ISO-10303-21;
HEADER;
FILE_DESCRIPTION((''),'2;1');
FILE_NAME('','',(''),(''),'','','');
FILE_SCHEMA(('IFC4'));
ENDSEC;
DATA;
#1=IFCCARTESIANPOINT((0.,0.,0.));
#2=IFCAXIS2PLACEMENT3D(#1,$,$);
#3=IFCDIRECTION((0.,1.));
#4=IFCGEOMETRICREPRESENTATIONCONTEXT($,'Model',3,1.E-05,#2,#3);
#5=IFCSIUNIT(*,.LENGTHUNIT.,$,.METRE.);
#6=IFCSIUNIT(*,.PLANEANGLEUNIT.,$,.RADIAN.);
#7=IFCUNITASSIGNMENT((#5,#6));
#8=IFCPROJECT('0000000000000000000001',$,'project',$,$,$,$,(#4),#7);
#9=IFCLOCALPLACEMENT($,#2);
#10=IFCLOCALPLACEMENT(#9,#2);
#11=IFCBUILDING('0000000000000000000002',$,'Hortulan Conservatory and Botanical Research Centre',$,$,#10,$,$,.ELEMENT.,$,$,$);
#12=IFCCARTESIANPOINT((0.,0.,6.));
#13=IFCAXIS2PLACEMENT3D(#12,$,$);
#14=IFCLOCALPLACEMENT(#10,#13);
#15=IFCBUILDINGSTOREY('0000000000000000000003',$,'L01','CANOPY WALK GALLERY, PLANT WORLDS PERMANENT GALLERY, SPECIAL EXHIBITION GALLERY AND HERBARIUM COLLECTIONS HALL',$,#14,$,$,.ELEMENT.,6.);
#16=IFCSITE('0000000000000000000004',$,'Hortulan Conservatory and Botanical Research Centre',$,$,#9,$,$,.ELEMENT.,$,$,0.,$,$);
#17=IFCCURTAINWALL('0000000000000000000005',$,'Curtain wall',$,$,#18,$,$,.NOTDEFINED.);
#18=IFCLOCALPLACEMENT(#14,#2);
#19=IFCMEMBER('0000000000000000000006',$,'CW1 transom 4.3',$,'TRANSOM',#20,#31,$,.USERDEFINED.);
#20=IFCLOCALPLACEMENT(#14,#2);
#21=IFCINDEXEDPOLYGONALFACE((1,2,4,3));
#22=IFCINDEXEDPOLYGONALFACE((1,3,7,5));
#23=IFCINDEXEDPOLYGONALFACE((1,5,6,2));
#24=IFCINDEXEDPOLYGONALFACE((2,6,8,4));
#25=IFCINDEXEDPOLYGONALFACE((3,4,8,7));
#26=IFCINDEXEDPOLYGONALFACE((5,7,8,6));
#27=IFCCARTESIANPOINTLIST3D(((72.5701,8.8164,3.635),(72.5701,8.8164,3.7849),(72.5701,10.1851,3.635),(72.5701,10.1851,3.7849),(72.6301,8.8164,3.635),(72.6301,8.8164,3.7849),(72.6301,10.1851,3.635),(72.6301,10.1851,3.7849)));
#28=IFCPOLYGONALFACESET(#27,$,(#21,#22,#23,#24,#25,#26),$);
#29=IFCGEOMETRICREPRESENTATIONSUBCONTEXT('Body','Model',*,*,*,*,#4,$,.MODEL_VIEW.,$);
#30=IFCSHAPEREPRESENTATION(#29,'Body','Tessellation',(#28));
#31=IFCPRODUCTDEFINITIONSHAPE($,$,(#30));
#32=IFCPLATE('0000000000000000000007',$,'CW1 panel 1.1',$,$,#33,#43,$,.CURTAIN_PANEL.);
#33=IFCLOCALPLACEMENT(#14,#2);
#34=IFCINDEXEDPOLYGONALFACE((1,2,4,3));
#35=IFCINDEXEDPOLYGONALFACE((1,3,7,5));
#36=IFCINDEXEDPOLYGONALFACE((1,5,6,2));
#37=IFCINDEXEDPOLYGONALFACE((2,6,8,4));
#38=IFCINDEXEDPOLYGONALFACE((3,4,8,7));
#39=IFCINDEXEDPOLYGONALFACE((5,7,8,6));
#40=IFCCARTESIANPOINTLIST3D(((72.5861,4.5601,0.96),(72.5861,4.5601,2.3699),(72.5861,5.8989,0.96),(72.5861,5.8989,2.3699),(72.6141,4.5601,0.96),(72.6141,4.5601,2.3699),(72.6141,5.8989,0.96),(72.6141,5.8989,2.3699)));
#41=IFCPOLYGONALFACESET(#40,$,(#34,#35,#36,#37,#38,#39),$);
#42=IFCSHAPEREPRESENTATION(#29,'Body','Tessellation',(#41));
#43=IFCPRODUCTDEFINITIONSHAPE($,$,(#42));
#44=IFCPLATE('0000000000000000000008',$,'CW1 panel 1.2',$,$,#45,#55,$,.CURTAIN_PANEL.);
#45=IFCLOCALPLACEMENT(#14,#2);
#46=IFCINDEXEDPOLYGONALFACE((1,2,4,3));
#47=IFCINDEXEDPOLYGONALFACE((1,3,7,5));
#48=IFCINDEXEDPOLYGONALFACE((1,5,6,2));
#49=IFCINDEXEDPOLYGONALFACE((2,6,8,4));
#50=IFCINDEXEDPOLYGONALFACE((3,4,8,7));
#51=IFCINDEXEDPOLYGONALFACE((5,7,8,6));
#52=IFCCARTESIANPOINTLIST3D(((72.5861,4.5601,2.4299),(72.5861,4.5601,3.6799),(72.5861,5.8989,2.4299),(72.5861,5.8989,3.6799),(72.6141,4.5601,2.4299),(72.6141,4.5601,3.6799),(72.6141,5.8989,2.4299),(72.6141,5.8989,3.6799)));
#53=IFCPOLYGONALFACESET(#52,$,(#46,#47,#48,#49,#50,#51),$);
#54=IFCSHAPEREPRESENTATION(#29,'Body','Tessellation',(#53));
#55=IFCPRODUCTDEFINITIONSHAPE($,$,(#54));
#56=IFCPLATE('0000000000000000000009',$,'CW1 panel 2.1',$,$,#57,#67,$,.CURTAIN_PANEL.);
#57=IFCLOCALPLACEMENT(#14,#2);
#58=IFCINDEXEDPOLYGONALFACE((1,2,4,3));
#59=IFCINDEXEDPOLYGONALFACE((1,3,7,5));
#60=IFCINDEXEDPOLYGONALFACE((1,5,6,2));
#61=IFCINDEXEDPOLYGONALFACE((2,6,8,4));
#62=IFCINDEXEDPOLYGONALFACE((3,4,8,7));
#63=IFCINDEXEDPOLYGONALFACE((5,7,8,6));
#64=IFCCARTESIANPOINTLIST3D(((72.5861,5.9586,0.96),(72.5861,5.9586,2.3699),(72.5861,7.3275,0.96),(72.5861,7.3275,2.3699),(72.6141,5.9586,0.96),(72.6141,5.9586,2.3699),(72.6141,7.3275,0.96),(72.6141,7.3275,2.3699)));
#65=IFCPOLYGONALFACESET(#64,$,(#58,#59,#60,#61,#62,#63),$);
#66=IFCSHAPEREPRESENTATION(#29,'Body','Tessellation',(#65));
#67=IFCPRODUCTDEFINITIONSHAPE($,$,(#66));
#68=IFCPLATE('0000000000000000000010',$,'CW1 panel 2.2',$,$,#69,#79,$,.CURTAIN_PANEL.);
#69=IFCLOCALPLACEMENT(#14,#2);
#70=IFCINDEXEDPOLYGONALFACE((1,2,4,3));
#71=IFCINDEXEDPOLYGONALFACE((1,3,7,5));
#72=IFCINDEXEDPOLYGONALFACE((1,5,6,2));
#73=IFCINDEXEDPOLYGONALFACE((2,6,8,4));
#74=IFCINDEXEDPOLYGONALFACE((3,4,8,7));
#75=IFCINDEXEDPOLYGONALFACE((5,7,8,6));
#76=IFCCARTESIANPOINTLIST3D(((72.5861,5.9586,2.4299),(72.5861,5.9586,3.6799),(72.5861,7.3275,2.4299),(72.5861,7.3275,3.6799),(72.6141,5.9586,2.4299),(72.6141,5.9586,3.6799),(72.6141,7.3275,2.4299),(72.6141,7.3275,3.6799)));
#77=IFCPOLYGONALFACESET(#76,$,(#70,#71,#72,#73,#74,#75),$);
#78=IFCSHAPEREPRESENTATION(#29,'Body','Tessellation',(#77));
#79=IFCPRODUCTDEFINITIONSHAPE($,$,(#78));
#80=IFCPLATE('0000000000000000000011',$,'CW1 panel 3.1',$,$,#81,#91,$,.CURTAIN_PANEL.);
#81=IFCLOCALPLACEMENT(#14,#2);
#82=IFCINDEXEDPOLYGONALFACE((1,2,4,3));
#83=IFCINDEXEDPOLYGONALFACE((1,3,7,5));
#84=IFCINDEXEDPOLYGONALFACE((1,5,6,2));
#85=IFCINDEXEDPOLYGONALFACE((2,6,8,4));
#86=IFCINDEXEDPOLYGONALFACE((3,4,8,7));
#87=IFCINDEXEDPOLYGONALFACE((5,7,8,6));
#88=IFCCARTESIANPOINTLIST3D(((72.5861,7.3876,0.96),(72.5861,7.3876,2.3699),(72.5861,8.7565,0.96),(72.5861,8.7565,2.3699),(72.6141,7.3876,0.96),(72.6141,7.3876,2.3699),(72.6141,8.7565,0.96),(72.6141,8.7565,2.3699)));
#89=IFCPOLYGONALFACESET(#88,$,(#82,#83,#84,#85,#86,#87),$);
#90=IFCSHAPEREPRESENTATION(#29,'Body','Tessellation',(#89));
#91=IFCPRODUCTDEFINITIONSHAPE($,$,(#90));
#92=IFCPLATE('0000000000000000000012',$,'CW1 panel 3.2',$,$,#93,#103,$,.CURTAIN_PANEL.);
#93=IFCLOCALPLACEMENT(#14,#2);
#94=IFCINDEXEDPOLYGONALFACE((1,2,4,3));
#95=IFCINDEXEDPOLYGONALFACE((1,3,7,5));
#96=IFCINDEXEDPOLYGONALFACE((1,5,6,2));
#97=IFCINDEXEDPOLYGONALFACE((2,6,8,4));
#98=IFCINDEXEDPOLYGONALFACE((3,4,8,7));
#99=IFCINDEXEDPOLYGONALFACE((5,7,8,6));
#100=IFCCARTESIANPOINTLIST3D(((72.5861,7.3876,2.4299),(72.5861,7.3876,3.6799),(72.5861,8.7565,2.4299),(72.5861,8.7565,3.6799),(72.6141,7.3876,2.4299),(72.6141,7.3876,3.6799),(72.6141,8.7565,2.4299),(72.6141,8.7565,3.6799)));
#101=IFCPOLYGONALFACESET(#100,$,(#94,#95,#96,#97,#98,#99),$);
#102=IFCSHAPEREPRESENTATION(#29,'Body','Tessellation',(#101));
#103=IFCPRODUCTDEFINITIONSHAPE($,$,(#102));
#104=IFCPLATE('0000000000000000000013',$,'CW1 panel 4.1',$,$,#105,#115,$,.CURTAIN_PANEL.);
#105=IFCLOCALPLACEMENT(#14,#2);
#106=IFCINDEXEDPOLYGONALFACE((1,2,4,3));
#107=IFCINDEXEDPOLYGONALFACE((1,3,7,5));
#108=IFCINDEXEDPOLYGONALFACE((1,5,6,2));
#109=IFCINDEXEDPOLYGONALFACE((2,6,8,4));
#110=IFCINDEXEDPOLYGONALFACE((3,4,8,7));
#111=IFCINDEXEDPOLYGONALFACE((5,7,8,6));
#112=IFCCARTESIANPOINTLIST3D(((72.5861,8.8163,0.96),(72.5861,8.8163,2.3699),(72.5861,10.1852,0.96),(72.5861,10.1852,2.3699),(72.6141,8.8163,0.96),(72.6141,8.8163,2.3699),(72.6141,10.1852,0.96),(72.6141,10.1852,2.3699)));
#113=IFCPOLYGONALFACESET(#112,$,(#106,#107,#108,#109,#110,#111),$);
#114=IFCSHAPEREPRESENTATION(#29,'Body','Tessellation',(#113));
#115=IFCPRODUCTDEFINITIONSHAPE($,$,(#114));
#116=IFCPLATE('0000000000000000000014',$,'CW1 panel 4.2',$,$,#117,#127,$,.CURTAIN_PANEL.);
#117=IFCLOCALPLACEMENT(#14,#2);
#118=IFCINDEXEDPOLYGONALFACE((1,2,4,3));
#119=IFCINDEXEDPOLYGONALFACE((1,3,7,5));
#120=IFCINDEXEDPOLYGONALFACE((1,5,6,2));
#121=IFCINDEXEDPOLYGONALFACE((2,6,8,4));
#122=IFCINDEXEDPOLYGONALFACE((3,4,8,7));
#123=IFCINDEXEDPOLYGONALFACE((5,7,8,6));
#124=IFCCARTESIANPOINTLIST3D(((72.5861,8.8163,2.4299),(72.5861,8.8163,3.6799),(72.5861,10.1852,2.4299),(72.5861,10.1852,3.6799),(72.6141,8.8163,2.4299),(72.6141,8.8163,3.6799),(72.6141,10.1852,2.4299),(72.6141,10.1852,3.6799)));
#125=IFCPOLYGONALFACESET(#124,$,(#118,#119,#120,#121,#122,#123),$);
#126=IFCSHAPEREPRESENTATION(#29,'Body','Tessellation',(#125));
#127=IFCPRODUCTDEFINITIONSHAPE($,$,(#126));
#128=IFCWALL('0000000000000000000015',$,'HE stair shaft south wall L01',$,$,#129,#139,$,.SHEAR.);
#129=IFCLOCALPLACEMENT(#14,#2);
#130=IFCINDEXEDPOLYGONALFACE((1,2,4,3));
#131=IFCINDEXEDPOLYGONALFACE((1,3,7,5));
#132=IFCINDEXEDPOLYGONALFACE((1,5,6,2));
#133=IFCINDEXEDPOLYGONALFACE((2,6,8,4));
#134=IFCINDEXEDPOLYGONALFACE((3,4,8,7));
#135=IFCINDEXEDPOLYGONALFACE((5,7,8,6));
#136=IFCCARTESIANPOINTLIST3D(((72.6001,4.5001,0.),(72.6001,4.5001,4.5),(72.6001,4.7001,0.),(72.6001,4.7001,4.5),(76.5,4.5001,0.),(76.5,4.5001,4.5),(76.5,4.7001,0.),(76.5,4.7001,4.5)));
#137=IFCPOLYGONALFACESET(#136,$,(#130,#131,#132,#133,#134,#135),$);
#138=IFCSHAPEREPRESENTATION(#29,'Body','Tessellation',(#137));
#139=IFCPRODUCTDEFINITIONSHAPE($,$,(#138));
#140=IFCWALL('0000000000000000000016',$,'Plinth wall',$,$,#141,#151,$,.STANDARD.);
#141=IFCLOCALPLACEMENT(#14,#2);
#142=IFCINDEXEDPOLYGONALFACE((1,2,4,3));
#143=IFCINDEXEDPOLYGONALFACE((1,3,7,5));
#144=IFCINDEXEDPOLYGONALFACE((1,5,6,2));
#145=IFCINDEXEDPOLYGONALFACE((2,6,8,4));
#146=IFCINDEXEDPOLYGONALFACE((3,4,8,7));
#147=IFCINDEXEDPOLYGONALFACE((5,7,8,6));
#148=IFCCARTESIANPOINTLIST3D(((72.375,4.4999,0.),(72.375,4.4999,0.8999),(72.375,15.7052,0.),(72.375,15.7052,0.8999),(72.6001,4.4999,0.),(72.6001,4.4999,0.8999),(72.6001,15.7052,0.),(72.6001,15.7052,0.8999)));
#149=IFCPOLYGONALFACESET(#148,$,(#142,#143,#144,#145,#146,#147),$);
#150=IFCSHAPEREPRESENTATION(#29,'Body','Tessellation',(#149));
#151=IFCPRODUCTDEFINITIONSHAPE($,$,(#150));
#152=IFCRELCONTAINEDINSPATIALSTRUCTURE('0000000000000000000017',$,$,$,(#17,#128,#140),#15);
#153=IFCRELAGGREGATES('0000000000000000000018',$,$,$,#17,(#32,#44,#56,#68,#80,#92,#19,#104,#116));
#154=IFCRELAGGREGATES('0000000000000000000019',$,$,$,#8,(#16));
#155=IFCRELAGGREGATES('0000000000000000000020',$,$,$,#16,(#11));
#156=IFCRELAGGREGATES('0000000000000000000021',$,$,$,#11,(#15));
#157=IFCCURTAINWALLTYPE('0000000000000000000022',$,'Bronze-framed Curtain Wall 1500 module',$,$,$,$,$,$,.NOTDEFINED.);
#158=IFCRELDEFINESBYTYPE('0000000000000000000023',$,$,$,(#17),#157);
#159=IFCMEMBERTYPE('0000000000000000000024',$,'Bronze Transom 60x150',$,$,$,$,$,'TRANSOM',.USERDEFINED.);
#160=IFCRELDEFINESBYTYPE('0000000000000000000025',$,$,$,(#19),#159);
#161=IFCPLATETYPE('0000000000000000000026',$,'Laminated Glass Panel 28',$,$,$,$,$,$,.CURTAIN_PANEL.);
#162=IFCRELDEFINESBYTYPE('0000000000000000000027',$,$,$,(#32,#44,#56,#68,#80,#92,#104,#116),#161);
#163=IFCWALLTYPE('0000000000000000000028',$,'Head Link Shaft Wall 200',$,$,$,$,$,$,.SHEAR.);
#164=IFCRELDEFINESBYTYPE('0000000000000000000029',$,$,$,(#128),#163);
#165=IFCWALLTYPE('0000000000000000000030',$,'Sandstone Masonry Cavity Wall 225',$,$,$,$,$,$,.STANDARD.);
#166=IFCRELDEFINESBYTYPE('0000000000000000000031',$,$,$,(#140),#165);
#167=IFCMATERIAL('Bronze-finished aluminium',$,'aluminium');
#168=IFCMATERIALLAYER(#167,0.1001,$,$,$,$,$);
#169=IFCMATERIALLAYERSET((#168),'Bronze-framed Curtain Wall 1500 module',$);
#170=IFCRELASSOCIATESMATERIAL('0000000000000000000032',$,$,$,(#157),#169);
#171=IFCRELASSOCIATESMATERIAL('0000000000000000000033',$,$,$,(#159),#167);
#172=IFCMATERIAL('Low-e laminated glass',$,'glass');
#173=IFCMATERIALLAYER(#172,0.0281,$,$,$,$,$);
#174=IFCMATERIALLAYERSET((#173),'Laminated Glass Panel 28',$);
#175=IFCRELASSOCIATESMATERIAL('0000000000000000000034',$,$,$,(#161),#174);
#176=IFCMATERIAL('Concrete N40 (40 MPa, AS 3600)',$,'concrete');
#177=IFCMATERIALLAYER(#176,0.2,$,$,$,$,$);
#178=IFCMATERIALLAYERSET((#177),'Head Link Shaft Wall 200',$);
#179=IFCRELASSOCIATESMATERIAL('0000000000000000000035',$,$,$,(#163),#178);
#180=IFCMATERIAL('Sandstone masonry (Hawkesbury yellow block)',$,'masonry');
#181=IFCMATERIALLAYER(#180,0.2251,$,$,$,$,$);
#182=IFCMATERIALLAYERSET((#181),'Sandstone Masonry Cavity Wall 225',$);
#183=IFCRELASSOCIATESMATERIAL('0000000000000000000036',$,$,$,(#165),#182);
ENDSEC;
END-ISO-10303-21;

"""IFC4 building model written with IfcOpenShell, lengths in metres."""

from ifc_helpers import new_model, si_unit, direction, frame, frame_2d, origin, origin_2d, place, context, subcontext, project, spatial, rectangle, extrude, material, layer, layer_set, material_profile, profile_set, type_object, element, aggregate, save


model = new_model("IFC4")

# Units and contexts
model_context = context("Model", 3, precision=1e-05, world=origin(), true_north=direction((0.0, 1.0)))
body_context = subcontext(model_context, "Body", "Model", "MODEL_VIEW")
ifc_project = project(units=[si_unit("LENGTHUNIT", "METRE"), si_unit("PLANEANGLEUNIT", "RADIAN")], contexts=[model_context])

# Site, building, storey
site_placement = place(None, origin())
site = spatial("IfcSite", under=ifc_project, at=site_placement, Name="Hortulan Conservatory and Botanical Research Centre", CompositionType="ELEMENT", RefElevation=0.0)
building_placement = place(site_placement, origin())
building = spatial("IfcBuilding", under=site, at=building_placement, Name="Hortulan Conservatory and Botanical Research Centre", CompositionType="ELEMENT")
storey_placement = place(building_placement, frame((0.0, 0.0, 6.0)))
storey = spatial("IfcBuildingStorey", under=building, at=storey_placement, Name="L01", Description="CANOPY WALK GALLERY, PLANT WORLDS PERMANENT GALLERY, SPECIAL EXHIBITION GALLERY AND HERBARIUM COLLECTIONS HALL", CompositionType="ELEMENT", Elevation=6.0)

# Curtain wall, member, plates
ifc_material_1 = material(Name="Bronze-finished aluminium", Category="aluminium")
ifc_layer_1 = layer(ifc_material_1, 0.1001)
ifc_layer_set_1 = layer_set([ifc_layer_1], Name="Bronze-framed Curtain Wall 1500 module")
curtain_wall_type = type_object("IfcCurtainWallType", Name="Bronze-framed Curtain Wall 1500 module", PredefinedType="NOTDEFINED", material=ifc_layer_set_1)
curtain_wall_placement = place(storey_placement, origin())
curtain_wall = element("IfcCurtainWall", 1, at=curtain_wall_placement, inside=storey, type_object=curtain_wall_type, Name="Curtain wall", PredefinedType="NOTDEFINED")
ifc_material_profile_1 = material_profile(ifc_material_1, rectangle(XDim=0.0601, YDim=0.1499, at=origin_2d()), Name="Bronze Transom 60x150")
ifc_profile_set_1 = profile_set([ifc_material_profile_1], Name="Bronze-finished aluminium")
member_type_1 = type_object("IfcMemberType", Name="Bronze Transom 60x150", ElementType="TRANSOM", PredefinedType="USERDEFINED", material=ifc_profile_set_1)
member_1_placement = place(storey_placement, frame((72.6001, 8.8164, 3.71), z_axis=(0.0, 1.0, 0.0), x_axis=(-1.0, 0.0, 0.0)))
member_1 = element("IfcMember", 2, at=member_1_placement, type_object=member_type_1, Name="CW1 transom 4.3", ObjectType="TRANSOM", PredefinedType="USERDEFINED", context=body_context, shape_type="SweptSolid", body=[
    extrude(rectangle(XDim=0.0601, YDim=0.1499, at=origin_2d()), origin(), (0.0, 0.0, 1.0), 1.3687),
])
ifc_material_2 = material(Name="Low-e laminated glass", Category="glass")
ifc_layer_2 = layer(ifc_material_2, 0.0281)
ifc_layer_set_2 = layer_set([ifc_layer_2], Name="Laminated Glass Panel 28")
plate_type = type_object("IfcPlateType", Name="Laminated Glass Panel 28", PredefinedType="CURTAIN_PANEL", material=ifc_layer_set_2)
plate_1_placement = place(storey_placement, frame((72.6001, 5.2295, 0.96), z_axis=(0.0, 0.0, 1.0), x_axis=(0.0, 1.0, 0.0)))
plate_1 = element("IfcPlate", 3, at=plate_1_placement, type_object=plate_type, Name="CW1 panel 1.1", PredefinedType="CURTAIN_PANEL", context=body_context, shape_type="SweptSolid", body=[
    extrude(rectangle(XDim=1.3389, YDim=0.0281, at=origin_2d()), origin(), (0.0, 0.0, 1.0), 1.4099),
])
plate_2_placement = place(storey_placement, frame((72.6001, 5.2295, 2.4299), z_axis=(0.0, 0.0, 1.0), x_axis=(0.0, 1.0, 0.0)))
plate_2 = element("IfcPlate", 4, at=plate_2_placement, type_object=plate_type, Name="CW1 panel 1.2", PredefinedType="CURTAIN_PANEL", context=body_context, shape_type="SweptSolid", body=[
    extrude(rectangle(XDim=1.3389, YDim=0.0281, at=origin_2d()), origin(), (0.0, 0.0, 1.0), 1.25),
])
plate_3_placement = place(storey_placement, frame((72.6001, 6.6431, 0.96), z_axis=(0.0, 0.0, 1.0), x_axis=(0.0, 1.0, 0.0)))
plate_3 = element("IfcPlate", 5, at=plate_3_placement, type_object=plate_type, Name="CW1 panel 2.1", PredefinedType="CURTAIN_PANEL", context=body_context, shape_type="SweptSolid", body=[
    extrude(rectangle(XDim=1.3689, YDim=0.0281, at=origin_2d()), origin(), (0.0, 0.0, 1.0), 1.4099),
])
plate_4_placement = place(storey_placement, frame((72.6001, 6.6431, 2.4299), z_axis=(0.0, 0.0, 1.0), x_axis=(0.0, 1.0, 0.0)))
plate_4 = element("IfcPlate", 6, at=plate_4_placement, type_object=plate_type, Name="CW1 panel 2.2", PredefinedType="CURTAIN_PANEL", context=body_context, shape_type="SweptSolid", body=[
    extrude(rectangle(XDim=1.3689, YDim=0.0281, at=origin_2d()), origin(), (0.0, 0.0, 1.0), 1.25),
])
plate_5_placement = place(storey_placement, frame((72.6001, 8.072, 0.96), z_axis=(0.0, 0.0, 1.0), x_axis=(0.0, 1.0, 0.0)))
plate_5 = element("IfcPlate", 7, at=plate_5_placement, type_object=plate_type, Name="CW1 panel 3.1", PredefinedType="CURTAIN_PANEL", context=body_context, shape_type="SweptSolid", body=[
    extrude(rectangle(XDim=1.3689, YDim=0.0281, at=origin_2d()), origin(), (0.0, 0.0, 1.0), 1.4099),
])
plate_6_placement = place(storey_placement, frame((72.6001, 8.072, 2.4299), z_axis=(0.0, 0.0, 1.0), x_axis=(0.0, 1.0, 0.0)))
plate_6 = element("IfcPlate", 8, at=plate_6_placement, type_object=plate_type, Name="CW1 panel 3.2", PredefinedType="CURTAIN_PANEL", context=body_context, shape_type="SweptSolid", body=[
    extrude(rectangle(XDim=1.3689, YDim=0.0281, at=origin_2d()), origin(), (0.0, 0.0, 1.0), 1.25),
])
plate_7_placement = place(storey_placement, frame((72.6001, 9.5007, 0.96), z_axis=(0.0, 0.0, 1.0), x_axis=(0.0, 1.0, 0.0)))
plate_7 = element("IfcPlate", 9, at=plate_7_placement, type_object=plate_type, Name="CW1 panel 4.1", PredefinedType="CURTAIN_PANEL", context=body_context, shape_type="SweptSolid", body=[
    extrude(rectangle(XDim=1.3689, YDim=0.0281, at=origin_2d()), origin(), (0.0, 0.0, 1.0), 1.4099),
])
plate_8_placement = place(storey_placement, frame((72.6001, 9.5007, 2.4299), z_axis=(0.0, 0.0, 1.0), x_axis=(0.0, 1.0, 0.0)))
plate_8 = element("IfcPlate", 10, at=plate_8_placement, type_object=plate_type, Name="CW1 panel 4.2", PredefinedType="CURTAIN_PANEL", context=body_context, shape_type="SweptSolid", body=[
    extrude(rectangle(XDim=1.3689, YDim=0.0281, at=origin_2d()), origin(), (0.0, 0.0, 1.0), 1.25),
])
aggregate(curtain_wall, [plate_1, plate_2, plate_3, plate_4, plate_5, plate_6, member_1, plate_7, plate_8])

# Walls
ifc_material_3 = material(Name="Concrete N40 (40 MPa, AS 3600)", Category="concrete")
ifc_layer_3 = layer(ifc_material_3, 0.2)
ifc_layer_set_3 = layer_set([ifc_layer_3], Name="Head Link Shaft Wall 200")
wall_type_1 = type_object("IfcWallType", Name="Head Link Shaft Wall 200", PredefinedType="SHEAR", material=ifc_layer_set_3)
wall_1_placement = place(storey_placement, frame((72.6001, 4.6001, 0.0), z_axis=(0.0, 0.0, 1.0), x_axis=(1.0, 0.0, 0.0)))
element("IfcWall", 11, at=wall_1_placement, inside=storey, type_object=wall_type_1, Name="HE stair shaft south wall L01", PredefinedType="SHEAR", context=body_context, shape_type="SweptSolid", body=[
    extrude(rectangle(XDim=3.8999, YDim=0.2, at=frame_2d((1.95, 0.0))), origin(), (0.0, 0.0, 1.0), 4.5),
])
ifc_material_4 = material(Name="Sandstone masonry (Hawkesbury yellow block)", Category="masonry")
ifc_layer_4 = layer(ifc_material_4, 0.2251)
ifc_layer_set_4 = layer_set([ifc_layer_4], Name="Sandstone Masonry Cavity Wall 225")
wall_type_2 = type_object("IfcWallType", Name="Sandstone Masonry Cavity Wall 225", PredefinedType="STANDARD", material=ifc_layer_set_4)
wall_2_placement = place(storey_placement, frame((72.4875, 4.5, 0.0), z_axis=(0.0, 0.0, 1.0), x_axis=(0.0, 1.0, 0.0)))
element("IfcWall", 12, at=wall_2_placement, inside=storey, type_object=wall_type_2, Name="Plinth wall", PredefinedType="STANDARD", context=body_context, shape_type="SweptSolid", body=[
    extrude(rectangle(XDim=11.2053, YDim=0.2251, at=frame_2d((5.6025, 0.0))), origin(), (0.0, 0.0, 1.0), 0.8999),
])

save(model, "model.ifc")
